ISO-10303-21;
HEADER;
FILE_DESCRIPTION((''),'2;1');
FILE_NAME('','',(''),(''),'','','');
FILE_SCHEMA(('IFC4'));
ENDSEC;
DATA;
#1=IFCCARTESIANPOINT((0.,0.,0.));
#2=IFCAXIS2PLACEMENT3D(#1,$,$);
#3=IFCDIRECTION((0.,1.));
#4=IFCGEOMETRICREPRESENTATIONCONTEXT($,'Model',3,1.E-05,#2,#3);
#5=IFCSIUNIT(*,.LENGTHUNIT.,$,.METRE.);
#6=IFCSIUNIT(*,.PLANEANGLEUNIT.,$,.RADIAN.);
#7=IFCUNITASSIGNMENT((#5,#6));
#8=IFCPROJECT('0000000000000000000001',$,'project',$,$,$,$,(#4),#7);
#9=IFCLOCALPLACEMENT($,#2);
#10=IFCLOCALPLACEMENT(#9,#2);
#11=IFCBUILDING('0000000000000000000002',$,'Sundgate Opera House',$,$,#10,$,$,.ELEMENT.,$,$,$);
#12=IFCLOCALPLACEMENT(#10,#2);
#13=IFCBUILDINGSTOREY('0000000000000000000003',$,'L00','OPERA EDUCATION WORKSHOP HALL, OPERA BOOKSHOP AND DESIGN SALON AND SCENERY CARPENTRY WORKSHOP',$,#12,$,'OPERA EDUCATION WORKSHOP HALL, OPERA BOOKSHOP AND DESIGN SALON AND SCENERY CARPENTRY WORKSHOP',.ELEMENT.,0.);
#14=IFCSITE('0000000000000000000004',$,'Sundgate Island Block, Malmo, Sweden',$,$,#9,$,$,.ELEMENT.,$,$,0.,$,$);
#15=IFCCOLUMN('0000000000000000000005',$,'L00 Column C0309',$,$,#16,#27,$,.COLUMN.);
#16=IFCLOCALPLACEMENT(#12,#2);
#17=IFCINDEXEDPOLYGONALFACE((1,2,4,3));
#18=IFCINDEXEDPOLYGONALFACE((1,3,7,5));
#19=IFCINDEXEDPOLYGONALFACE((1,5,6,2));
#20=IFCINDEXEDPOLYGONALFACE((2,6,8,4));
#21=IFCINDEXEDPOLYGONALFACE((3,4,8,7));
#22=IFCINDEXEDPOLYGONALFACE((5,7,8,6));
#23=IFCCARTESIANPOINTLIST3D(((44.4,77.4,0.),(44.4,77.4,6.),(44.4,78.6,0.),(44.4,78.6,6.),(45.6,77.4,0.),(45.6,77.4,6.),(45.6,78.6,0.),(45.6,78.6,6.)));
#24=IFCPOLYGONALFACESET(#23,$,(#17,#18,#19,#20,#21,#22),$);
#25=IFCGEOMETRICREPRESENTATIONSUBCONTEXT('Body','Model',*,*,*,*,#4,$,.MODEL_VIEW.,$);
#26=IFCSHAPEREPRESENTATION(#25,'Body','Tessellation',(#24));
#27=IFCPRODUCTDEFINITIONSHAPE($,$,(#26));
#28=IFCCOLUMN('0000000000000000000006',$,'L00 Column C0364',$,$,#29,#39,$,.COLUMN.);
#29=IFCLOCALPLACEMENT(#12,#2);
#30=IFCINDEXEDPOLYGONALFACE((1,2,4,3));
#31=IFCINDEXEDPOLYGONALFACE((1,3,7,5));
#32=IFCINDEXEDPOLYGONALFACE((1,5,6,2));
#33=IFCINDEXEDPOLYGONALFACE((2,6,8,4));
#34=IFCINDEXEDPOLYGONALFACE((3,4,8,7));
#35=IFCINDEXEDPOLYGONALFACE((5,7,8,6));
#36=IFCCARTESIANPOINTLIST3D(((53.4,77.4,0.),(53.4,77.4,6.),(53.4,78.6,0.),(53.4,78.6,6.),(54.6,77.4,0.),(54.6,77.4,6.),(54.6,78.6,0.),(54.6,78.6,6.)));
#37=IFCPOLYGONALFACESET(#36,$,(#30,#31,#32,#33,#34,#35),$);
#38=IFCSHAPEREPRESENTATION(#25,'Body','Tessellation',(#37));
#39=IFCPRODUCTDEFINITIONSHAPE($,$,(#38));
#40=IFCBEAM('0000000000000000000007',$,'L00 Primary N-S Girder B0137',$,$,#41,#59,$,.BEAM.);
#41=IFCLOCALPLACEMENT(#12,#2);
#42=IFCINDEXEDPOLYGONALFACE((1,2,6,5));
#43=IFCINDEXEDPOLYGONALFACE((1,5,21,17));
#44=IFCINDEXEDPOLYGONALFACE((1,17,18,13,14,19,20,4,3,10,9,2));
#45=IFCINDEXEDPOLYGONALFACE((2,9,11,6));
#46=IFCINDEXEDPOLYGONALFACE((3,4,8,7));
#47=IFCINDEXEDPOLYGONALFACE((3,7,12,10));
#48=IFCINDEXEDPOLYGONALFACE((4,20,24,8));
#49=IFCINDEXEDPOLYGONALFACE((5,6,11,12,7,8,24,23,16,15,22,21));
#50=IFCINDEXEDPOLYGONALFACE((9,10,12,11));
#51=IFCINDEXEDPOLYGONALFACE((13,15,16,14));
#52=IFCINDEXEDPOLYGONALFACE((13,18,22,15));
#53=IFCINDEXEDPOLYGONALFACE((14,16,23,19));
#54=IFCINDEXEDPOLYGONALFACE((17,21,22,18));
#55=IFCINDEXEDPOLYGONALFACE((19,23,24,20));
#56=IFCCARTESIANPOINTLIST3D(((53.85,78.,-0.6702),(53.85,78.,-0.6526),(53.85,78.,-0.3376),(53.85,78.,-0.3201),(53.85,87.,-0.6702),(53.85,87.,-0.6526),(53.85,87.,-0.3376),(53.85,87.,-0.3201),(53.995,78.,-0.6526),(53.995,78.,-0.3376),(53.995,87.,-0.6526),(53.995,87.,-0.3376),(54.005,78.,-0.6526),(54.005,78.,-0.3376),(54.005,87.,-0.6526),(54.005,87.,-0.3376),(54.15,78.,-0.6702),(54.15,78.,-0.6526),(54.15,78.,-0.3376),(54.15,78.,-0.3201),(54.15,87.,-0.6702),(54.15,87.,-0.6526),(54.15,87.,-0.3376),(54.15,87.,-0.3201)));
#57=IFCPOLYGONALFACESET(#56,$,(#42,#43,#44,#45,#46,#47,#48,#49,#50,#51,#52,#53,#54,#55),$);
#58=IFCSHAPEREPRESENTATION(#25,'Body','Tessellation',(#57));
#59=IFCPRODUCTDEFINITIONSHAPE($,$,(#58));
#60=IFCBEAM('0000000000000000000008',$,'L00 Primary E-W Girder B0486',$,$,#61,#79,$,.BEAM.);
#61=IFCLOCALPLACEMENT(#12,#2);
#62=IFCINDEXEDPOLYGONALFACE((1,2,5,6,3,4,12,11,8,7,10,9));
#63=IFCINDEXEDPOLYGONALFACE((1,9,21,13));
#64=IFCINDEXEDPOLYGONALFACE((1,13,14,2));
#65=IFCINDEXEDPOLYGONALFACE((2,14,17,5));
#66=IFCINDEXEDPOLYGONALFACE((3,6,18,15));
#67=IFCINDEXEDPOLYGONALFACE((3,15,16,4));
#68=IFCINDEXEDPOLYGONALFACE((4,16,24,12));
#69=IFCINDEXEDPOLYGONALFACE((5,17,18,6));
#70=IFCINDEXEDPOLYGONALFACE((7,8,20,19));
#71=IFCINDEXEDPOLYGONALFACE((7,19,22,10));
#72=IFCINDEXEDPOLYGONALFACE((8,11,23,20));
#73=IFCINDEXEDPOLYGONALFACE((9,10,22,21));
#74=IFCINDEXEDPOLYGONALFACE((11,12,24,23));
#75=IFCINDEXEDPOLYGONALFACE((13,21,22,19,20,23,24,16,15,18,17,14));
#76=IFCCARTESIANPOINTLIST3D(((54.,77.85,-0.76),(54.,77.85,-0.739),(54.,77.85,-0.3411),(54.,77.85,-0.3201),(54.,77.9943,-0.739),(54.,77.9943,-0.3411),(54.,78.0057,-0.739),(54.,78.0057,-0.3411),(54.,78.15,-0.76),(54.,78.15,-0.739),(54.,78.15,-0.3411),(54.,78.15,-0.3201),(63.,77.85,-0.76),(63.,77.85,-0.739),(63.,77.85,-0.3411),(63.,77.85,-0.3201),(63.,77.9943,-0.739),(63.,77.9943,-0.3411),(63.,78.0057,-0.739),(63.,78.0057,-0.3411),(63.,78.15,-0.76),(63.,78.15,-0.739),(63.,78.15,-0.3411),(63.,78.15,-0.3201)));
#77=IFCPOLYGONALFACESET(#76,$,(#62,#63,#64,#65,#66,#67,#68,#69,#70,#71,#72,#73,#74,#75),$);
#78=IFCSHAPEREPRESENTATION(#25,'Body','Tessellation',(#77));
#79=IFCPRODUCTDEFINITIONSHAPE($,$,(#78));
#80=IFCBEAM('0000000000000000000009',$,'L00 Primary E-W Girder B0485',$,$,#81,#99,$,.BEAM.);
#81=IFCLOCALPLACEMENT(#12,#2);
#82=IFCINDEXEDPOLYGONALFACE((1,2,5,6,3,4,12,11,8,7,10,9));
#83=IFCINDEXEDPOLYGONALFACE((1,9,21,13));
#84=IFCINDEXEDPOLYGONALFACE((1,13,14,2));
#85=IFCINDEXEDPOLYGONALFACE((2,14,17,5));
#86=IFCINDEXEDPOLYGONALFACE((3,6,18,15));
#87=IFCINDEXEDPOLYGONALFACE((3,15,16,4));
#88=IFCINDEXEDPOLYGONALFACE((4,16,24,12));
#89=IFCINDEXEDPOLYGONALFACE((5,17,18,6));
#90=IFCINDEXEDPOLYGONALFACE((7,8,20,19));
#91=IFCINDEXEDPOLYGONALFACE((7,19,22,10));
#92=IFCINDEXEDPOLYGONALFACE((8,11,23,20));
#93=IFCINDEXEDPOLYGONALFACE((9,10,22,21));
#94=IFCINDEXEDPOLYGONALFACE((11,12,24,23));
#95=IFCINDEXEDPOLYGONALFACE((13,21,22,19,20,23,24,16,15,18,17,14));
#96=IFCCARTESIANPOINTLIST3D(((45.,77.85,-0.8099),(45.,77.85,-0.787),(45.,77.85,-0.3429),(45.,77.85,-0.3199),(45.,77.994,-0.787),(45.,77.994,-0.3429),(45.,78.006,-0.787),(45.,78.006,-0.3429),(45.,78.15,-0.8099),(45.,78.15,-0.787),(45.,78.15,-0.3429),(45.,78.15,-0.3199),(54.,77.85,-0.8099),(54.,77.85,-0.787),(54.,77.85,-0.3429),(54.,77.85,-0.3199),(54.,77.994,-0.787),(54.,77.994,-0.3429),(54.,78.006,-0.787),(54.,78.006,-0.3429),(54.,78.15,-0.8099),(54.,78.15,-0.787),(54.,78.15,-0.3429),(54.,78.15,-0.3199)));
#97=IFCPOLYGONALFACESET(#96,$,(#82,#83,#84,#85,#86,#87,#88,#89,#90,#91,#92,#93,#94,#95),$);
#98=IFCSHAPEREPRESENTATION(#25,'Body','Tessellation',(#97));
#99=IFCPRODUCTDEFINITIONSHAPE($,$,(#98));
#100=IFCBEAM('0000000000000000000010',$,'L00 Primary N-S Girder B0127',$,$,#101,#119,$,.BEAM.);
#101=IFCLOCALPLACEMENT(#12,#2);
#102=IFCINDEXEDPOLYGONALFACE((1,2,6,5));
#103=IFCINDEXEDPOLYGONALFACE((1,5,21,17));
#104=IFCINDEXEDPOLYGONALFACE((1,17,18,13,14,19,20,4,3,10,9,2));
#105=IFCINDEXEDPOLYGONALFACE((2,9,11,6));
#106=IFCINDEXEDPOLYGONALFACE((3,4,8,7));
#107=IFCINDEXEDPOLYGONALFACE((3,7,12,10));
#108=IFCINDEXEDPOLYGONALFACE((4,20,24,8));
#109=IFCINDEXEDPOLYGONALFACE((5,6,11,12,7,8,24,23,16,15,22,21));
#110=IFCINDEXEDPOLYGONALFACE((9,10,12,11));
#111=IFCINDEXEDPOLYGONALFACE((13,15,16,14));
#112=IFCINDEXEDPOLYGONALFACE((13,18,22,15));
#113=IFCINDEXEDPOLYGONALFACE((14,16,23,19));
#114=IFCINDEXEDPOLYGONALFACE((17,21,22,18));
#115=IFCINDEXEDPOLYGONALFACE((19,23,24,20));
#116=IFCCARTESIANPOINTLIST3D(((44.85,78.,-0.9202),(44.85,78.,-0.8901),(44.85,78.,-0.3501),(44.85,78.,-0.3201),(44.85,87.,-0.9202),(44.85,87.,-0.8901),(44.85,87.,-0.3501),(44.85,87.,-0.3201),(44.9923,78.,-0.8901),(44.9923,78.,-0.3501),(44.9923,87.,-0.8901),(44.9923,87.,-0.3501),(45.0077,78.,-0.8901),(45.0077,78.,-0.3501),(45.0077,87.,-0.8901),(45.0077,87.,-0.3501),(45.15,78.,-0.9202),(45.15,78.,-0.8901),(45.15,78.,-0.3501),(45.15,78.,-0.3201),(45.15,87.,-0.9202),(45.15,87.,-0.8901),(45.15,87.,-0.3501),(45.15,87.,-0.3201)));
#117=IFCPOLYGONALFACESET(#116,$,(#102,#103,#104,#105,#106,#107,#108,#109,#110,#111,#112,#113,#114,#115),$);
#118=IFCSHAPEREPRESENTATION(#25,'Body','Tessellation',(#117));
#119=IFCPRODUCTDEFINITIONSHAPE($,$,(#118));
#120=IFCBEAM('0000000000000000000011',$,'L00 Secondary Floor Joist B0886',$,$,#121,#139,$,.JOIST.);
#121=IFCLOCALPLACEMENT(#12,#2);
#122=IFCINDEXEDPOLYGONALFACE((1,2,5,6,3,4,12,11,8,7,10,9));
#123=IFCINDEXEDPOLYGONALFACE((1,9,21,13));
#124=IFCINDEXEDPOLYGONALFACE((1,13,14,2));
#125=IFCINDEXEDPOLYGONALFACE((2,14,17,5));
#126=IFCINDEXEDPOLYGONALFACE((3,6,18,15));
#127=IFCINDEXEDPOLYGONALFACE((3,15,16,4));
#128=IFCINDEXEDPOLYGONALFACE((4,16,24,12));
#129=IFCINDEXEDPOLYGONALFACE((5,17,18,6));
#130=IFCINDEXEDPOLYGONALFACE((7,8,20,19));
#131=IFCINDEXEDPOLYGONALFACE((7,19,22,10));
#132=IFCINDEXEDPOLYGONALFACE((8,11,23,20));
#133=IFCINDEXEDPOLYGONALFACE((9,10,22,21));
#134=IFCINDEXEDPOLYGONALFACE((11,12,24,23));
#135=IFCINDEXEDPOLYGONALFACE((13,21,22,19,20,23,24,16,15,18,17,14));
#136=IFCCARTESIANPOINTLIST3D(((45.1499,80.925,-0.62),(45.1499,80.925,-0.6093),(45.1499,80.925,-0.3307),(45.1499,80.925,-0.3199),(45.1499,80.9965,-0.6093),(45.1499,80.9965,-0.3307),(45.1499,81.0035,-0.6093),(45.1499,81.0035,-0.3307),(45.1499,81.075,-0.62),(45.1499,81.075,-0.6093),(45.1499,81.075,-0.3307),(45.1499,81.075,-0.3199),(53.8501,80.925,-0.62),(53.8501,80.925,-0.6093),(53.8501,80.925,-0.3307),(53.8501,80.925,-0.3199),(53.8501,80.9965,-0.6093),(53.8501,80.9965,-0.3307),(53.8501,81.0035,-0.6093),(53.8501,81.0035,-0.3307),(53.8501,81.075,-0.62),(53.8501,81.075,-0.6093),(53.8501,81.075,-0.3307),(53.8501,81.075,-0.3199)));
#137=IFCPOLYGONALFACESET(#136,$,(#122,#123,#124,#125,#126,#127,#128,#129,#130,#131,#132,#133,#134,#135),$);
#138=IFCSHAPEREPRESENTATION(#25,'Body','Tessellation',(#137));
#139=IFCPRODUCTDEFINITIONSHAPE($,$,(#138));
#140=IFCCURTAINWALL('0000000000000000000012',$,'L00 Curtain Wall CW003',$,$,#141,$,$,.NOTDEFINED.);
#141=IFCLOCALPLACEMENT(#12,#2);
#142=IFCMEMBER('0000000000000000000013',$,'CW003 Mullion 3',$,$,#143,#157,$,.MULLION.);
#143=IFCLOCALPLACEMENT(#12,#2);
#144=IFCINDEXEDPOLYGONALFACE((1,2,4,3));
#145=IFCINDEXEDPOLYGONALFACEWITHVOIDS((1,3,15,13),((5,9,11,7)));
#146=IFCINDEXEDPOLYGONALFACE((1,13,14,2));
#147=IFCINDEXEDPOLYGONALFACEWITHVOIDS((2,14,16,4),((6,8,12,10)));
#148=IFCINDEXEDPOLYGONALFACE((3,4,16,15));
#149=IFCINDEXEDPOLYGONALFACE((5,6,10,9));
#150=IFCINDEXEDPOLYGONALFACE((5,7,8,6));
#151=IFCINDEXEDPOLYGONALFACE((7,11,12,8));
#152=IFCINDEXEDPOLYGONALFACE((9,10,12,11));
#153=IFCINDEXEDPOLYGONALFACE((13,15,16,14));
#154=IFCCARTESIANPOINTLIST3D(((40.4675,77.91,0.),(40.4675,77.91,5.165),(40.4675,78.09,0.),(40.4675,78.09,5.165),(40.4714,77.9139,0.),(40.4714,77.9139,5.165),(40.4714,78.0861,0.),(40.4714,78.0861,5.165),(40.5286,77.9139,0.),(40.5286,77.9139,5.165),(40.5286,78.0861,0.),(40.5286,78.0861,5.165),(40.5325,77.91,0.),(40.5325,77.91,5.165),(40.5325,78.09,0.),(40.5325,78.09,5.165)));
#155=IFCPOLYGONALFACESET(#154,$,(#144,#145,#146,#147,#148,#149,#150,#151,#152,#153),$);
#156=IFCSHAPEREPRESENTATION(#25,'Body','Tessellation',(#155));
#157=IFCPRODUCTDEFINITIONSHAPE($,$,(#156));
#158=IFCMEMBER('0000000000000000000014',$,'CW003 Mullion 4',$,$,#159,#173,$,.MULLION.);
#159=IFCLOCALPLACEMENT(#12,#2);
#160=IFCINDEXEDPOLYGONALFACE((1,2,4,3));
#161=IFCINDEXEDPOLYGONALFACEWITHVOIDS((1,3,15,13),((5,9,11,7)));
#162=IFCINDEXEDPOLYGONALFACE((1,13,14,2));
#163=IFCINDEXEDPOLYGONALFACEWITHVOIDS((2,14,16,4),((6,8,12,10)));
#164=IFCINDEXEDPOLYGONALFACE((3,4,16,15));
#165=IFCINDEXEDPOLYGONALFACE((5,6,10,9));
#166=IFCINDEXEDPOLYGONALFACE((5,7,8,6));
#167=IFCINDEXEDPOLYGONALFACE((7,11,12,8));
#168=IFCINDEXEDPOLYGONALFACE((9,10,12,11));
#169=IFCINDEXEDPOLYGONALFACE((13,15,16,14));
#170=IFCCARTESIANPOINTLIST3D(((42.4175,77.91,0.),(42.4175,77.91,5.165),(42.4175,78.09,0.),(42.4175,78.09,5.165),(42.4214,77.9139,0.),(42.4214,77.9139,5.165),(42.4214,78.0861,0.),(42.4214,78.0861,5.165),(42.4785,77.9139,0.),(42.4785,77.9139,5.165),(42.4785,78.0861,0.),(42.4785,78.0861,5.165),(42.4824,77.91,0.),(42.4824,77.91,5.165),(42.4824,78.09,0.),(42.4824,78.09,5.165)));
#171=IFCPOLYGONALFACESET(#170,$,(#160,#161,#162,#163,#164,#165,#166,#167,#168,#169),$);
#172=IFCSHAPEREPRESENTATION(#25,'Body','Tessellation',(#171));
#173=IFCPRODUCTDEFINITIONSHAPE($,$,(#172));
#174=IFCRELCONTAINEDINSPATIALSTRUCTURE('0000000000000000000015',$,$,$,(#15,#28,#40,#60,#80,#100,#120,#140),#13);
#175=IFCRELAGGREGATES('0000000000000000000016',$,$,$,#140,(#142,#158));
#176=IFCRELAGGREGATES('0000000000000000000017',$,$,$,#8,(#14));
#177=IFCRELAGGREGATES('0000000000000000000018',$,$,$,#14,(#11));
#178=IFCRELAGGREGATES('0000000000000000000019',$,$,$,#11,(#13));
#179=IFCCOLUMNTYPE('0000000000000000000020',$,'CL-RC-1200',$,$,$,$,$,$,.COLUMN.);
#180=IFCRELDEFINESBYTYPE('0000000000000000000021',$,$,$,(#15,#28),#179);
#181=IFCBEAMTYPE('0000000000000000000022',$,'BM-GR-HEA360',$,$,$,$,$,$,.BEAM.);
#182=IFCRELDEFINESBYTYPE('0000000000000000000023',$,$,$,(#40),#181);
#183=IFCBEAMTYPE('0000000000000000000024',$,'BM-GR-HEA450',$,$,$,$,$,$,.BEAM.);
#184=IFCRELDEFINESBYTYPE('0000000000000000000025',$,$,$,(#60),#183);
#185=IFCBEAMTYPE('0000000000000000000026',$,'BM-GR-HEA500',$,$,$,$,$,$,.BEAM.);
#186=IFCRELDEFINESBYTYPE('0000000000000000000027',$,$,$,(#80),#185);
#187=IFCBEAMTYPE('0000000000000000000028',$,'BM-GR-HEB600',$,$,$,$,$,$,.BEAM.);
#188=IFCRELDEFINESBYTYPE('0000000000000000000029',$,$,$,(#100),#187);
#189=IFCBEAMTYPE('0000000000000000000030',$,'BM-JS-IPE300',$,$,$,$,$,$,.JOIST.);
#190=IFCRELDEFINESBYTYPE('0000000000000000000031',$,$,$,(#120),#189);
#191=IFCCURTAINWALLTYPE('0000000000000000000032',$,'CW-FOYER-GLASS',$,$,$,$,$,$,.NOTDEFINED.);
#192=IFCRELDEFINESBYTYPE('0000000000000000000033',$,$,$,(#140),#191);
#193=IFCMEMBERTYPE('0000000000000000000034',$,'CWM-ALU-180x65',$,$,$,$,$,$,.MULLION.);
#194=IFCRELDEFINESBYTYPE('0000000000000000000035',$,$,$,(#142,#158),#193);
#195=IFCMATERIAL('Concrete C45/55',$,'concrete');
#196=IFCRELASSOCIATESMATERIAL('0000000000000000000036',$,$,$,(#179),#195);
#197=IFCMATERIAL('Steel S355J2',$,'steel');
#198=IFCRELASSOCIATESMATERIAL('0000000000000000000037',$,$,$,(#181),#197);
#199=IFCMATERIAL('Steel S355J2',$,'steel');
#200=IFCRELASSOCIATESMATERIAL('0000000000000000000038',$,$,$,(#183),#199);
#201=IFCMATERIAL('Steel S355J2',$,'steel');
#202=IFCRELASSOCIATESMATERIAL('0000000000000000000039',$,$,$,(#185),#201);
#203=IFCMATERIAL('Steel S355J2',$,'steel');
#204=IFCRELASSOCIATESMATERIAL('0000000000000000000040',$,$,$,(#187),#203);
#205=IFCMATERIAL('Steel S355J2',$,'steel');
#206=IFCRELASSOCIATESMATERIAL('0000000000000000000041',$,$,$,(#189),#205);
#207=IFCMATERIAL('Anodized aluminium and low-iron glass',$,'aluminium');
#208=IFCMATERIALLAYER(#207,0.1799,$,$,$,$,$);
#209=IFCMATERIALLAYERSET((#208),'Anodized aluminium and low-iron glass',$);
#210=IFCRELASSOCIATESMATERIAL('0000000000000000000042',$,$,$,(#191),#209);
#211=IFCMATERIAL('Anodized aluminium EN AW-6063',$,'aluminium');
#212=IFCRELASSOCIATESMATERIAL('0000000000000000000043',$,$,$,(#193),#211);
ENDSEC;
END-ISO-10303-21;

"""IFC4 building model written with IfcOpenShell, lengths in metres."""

from ifc_helpers import new_model, si_unit, direction, frame, origin, origin_2d, place, context, subcontext, project, spatial, rectangle, hollow_rectangle, i_section, extrude, material, layer, layer_set, material_profile, profile_set, type_object, element, aggregate, save


model = new_model("IFC4")

# Units and contexts
model_context = context("Model", 3, precision=1e-05, world=origin(), true_north=direction((0.0, 1.0)))
body_context = subcontext(model_context, "Body", "Model", "MODEL_VIEW")
ifc_project = project(units=[si_unit("LENGTHUNIT", "METRE"), si_unit("PLANEANGLEUNIT", "RADIAN")], contexts=[model_context])

# Site, building, storey
site_placement = place(None, origin())
site = spatial("IfcSite", under=ifc_project, at=site_placement, Name="Sundgate Island Block, Malmo, Sweden", CompositionType="ELEMENT", RefElevation=0.0)
building_placement = place(site_placement, origin())
building = spatial("IfcBuilding", under=site, at=building_placement, Name="Sundgate Opera House", CompositionType="ELEMENT")
storey_placement = place(building_placement, origin())
storey = spatial("IfcBuildingStorey", under=building, at=storey_placement, Name="L00", Description="OPERA EDUCATION WORKSHOP HALL, OPERA BOOKSHOP AND DESIGN SALON AND SCENERY CARPENTRY WORKSHOP", LongName="OPERA EDUCATION WORKSHOP HALL, OPERA BOOKSHOP AND DESIGN SALON AND SCENERY CARPENTRY WORKSHOP", CompositionType="ELEMENT", Elevation=0.0)

# Columns
ifc_material_1 = material(Name="Concrete C45/55", Category="concrete")
ifc_material_profile_1 = material_profile(ifc_material_1, rectangle(XDim=1.2, YDim=1.2, at=origin_2d()), Name="RC 1200x1200")
ifc_profile_set_1 = profile_set([ifc_material_profile_1], Name="Concrete C45/55")
column_type = type_object("IfcColumnType", Name="CL-RC-1200", PredefinedType="COLUMN", material=ifc_profile_set_1)
for number, where, z_axis, x_axis, name in (
    (1, (45.0, 78.0, 0.0), (0.0, 0.0, 1.0), (1.0, 0.0, 0.0), "L00 Column C0309"),
    (2, (54.0, 78.0, 0.0), (0.0, 0.0, 1.0), (1.0, 0.0, 0.0), "L00 Column C0364"),
):
    element("IfcColumn", number, at=place(storey_placement, frame(where, z_axis=z_axis, x_axis=x_axis)), inside=storey, type_object=column_type, Name=name, PredefinedType="COLUMN", context=body_context, shape_type="SweptSolid", body=[
        extrude(rectangle(XDim=1.2, YDim=1.2, at=origin_2d()), origin(), (0.0, 0.0, 1.0), 6.0),
    ])

# Beams
ifc_material_2 = material(Name="Steel S355J2", Category="steel")
ifc_material_profile_2 = material_profile(ifc_material_2, i_section(OverallWidth=0.3, OverallDepth=0.3501, WebThickness=0.01, FlangeThickness=0.0176, at=origin_2d()), Name="HEA 360")
ifc_profile_set_2 = profile_set([ifc_material_profile_2], Name="Steel S355J2")
beam_type_1 = type_object("IfcBeamType", Name="BM-GR-HEA360", PredefinedType="BEAM", material=ifc_profile_set_2)
beam_1_placement = place(storey_placement, frame((54.0, 78.0, -0.4951), z_axis=(0.0, 1.0, 0.0), x_axis=(-1.0, 0.0, 0.0)))
element("IfcBeam", 3, at=beam_1_placement, inside=storey, type_object=beam_type_1, Name="L00 Primary N-S Girder B0137", PredefinedType="BEAM", context=body_context, shape_type="SweptSolid", body=[
    extrude(i_section(OverallWidth=0.3, OverallDepth=0.3501, WebThickness=0.01, FlangeThickness=0.0176, at=origin_2d()), origin(), (0.0, 0.0, 1.0), 9.0),
])
ifc_material_3 = material(Name="Steel S355J2", Category="steel")
ifc_material_profile_3 = material_profile(ifc_material_3, i_section(OverallWidth=0.3, OverallDepth=0.4399, WebThickness=0.0115, FlangeThickness=0.021, at=origin_2d()), Name="HEA 450")
ifc_profile_set_3 = profile_set([ifc_material_profile_3], Name="Steel S355J2")
beam_type_2 = type_object("IfcBeamType", Name="BM-GR-HEA450", PredefinedType="BEAM", material=ifc_profile_set_3)
beam_2_placement = place(storey_placement, frame((54.0, 78.0, -0.54), z_axis=(1.0, 0.0, 0.0), x_axis=(0.0, 1.0, 0.0)))
element("IfcBeam", 4, at=beam_2_placement, inside=storey, type_object=beam_type_2, Name="L00 Primary E-W Girder B0486", PredefinedType="BEAM", context=body_context, shape_type="SweptSolid", body=[
    extrude(i_section(OverallWidth=0.3, OverallDepth=0.4399, WebThickness=0.0115, FlangeThickness=0.021, at=origin_2d()), origin(), (0.0, 0.0, 1.0), 9.0),
])
ifc_material_4 = material(Name="Steel S355J2", Category="steel")
ifc_material_profile_4 = material_profile(ifc_material_4, i_section(OverallWidth=0.3, OverallDepth=0.49, WebThickness=0.012, FlangeThickness=0.0229, at=origin_2d()), Name="HEA 500")
ifc_profile_set_4 = profile_set([ifc_material_profile_4], Name="Steel S355J2")
beam_type_3 = type_object("IfcBeamType", Name="BM-GR-HEA500", PredefinedType="BEAM", material=ifc_profile_set_4)
beam_3_placement = place(storey_placement, frame((45.0, 78.0, -0.5649), z_axis=(1.0, 0.0, 0.0), x_axis=(0.0, 1.0, 0.0)))
element("IfcBeam", 5, at=beam_3_placement, inside=storey, type_object=beam_type_3, Name="L00 Primary E-W Girder B0485", PredefinedType="BEAM", context=body_context, shape_type="SweptSolid", body=[
    extrude(i_section(OverallWidth=0.3, OverallDepth=0.49, WebThickness=0.012, FlangeThickness=0.0229, at=origin_2d()), origin(), (0.0, 0.0, 1.0), 9.0),
])
ifc_material_5 = material(Name="Steel S355J2", Category="steel")
ifc_material_profile_5 = material_profile(ifc_material_5, i_section(OverallWidth=0.3, OverallDepth=0.6001, WebThickness=0.0154, FlangeThickness=0.03, at=origin_2d()), Name="HEB 600")
ifc_profile_set_5 = profile_set([ifc_material_profile_5], Name="Steel S355J2")
beam_type_4 = type_object("IfcBeamType", Name="BM-GR-HEB600", PredefinedType="BEAM", material=ifc_profile_set_5)
beam_4_placement = place(storey_placement, frame((45.0, 78.0, -0.6201), z_axis=(0.0, 1.0, 0.0), x_axis=(-1.0, 0.0, 0.0)))
element("IfcBeam", 6, at=beam_4_placement, inside=storey, type_object=beam_type_4, Name="L00 Primary N-S Girder B0127", PredefinedType="BEAM", context=body_context, shape_type="SweptSolid", body=[
    extrude(i_section(OverallWidth=0.3, OverallDepth=0.6001, WebThickness=0.0154, FlangeThickness=0.03, at=origin_2d()), origin(), (0.0, 0.0, 1.0), 9.0),
])
ifc_material_6 = material(Name="Steel S355J2", Category="steel")
ifc_material_profile_6 = material_profile(ifc_material_6, i_section(OverallWidth=0.1499, OverallDepth=0.3, WebThickness=0.0071, FlangeThickness=0.0107, at=origin_2d()), Name="IPE 300")
ifc_profile_set_6 = profile_set([ifc_material_profile_6], Name="Steel S355J2")
beam_type_5 = type_object("IfcBeamType", Name="BM-JS-IPE300", PredefinedType="JOIST", material=ifc_profile_set_6)
beam_5_placement = place(storey_placement, frame((45.1499, 81.0, -0.47), z_axis=(1.0, 0.0, 0.0), x_axis=(0.0, 1.0, 0.0)))
element("IfcBeam", 7, at=beam_5_placement, inside=storey, type_object=beam_type_5, Name="L00 Secondary Floor Joist B0886", PredefinedType="JOIST", context=body_context, shape_type="SweptSolid", body=[
    extrude(i_section(OverallWidth=0.1499, OverallDepth=0.3, WebThickness=0.0071, FlangeThickness=0.0107, at=origin_2d()), origin(), (0.0, 0.0, 1.0), 8.7002),
])

# Curtain wall, members
ifc_material_7 = material(Name="Anodized aluminium and low-iron glass", Category="aluminium")
ifc_layer_1 = layer(ifc_material_7, 0.1799)
ifc_layer_set_1 = layer_set([ifc_layer_1], Name="Anodized aluminium and low-iron glass")
curtain_wall_type = type_object("IfcCurtainWallType", Name="CW-FOYER-GLASS", PredefinedType="NOTDEFINED", material=ifc_layer_set_1)
curtain_wall_placement = place(storey_placement, origin())
curtain_wall = element("IfcCurtainWall", 8, at=curtain_wall_placement, inside=storey, type_object=curtain_wall_type, Name="L00 Curtain Wall CW003", PredefinedType="NOTDEFINED")
ifc_material_8 = material(Name="Anodized aluminium EN AW-6063", Category="aluminium")
ifc_material_profile_7 = material_profile(ifc_material_8, hollow_rectangle(XDim=0.0649, YDim=0.1799, WallThickness=0.0039, at=origin_2d()), Name="CWM 180x65x4")
ifc_profile_set_7 = profile_set([ifc_material_profile_7], Name="Anodized aluminium EN AW-6063")
member_type_1 = type_object("IfcMemberType", Name="CWM-ALU-180x65", PredefinedType="MULLION", material=ifc_profile_set_7)
member_1_placement = place(storey_placement, frame((40.5, 78.0, 0.0), z_axis=(0.0, 0.0, 1.0), x_axis=(1.0, 0.0, 0.0)))
member_1 = element("IfcMember", 9, at=member_1_placement, type_object=member_type_1, Name="CW003 Mullion 3", PredefinedType="MULLION", context=body_context, shape_type="SweptSolid", body=[
    extrude(hollow_rectangle(XDim=0.0649, YDim=0.1799, WallThickness=0.0039, at=origin_2d()), origin(), (0.0, 0.0, 1.0), 5.165),
])
member_2_placement = place(storey_placement, frame((42.45, 78.0, 0.0), z_axis=(0.0, 0.0, 1.0), x_axis=(1.0, 0.0, 0.0)))
member_2 = element("IfcMember", 10, at=member_2_placement, type_object=member_type_1, Name="CW003 Mullion 4", PredefinedType="MULLION", context=body_context, shape_type="SweptSolid", body=[
    extrude(hollow_rectangle(XDim=0.0649, YDim=0.1799, WallThickness=0.0039, at=origin_2d()), origin(), (0.0, 0.0, 1.0), 5.165),
])
aggregate(curtain_wall, [member_1, member_2])

save(model, "model.ifc")
